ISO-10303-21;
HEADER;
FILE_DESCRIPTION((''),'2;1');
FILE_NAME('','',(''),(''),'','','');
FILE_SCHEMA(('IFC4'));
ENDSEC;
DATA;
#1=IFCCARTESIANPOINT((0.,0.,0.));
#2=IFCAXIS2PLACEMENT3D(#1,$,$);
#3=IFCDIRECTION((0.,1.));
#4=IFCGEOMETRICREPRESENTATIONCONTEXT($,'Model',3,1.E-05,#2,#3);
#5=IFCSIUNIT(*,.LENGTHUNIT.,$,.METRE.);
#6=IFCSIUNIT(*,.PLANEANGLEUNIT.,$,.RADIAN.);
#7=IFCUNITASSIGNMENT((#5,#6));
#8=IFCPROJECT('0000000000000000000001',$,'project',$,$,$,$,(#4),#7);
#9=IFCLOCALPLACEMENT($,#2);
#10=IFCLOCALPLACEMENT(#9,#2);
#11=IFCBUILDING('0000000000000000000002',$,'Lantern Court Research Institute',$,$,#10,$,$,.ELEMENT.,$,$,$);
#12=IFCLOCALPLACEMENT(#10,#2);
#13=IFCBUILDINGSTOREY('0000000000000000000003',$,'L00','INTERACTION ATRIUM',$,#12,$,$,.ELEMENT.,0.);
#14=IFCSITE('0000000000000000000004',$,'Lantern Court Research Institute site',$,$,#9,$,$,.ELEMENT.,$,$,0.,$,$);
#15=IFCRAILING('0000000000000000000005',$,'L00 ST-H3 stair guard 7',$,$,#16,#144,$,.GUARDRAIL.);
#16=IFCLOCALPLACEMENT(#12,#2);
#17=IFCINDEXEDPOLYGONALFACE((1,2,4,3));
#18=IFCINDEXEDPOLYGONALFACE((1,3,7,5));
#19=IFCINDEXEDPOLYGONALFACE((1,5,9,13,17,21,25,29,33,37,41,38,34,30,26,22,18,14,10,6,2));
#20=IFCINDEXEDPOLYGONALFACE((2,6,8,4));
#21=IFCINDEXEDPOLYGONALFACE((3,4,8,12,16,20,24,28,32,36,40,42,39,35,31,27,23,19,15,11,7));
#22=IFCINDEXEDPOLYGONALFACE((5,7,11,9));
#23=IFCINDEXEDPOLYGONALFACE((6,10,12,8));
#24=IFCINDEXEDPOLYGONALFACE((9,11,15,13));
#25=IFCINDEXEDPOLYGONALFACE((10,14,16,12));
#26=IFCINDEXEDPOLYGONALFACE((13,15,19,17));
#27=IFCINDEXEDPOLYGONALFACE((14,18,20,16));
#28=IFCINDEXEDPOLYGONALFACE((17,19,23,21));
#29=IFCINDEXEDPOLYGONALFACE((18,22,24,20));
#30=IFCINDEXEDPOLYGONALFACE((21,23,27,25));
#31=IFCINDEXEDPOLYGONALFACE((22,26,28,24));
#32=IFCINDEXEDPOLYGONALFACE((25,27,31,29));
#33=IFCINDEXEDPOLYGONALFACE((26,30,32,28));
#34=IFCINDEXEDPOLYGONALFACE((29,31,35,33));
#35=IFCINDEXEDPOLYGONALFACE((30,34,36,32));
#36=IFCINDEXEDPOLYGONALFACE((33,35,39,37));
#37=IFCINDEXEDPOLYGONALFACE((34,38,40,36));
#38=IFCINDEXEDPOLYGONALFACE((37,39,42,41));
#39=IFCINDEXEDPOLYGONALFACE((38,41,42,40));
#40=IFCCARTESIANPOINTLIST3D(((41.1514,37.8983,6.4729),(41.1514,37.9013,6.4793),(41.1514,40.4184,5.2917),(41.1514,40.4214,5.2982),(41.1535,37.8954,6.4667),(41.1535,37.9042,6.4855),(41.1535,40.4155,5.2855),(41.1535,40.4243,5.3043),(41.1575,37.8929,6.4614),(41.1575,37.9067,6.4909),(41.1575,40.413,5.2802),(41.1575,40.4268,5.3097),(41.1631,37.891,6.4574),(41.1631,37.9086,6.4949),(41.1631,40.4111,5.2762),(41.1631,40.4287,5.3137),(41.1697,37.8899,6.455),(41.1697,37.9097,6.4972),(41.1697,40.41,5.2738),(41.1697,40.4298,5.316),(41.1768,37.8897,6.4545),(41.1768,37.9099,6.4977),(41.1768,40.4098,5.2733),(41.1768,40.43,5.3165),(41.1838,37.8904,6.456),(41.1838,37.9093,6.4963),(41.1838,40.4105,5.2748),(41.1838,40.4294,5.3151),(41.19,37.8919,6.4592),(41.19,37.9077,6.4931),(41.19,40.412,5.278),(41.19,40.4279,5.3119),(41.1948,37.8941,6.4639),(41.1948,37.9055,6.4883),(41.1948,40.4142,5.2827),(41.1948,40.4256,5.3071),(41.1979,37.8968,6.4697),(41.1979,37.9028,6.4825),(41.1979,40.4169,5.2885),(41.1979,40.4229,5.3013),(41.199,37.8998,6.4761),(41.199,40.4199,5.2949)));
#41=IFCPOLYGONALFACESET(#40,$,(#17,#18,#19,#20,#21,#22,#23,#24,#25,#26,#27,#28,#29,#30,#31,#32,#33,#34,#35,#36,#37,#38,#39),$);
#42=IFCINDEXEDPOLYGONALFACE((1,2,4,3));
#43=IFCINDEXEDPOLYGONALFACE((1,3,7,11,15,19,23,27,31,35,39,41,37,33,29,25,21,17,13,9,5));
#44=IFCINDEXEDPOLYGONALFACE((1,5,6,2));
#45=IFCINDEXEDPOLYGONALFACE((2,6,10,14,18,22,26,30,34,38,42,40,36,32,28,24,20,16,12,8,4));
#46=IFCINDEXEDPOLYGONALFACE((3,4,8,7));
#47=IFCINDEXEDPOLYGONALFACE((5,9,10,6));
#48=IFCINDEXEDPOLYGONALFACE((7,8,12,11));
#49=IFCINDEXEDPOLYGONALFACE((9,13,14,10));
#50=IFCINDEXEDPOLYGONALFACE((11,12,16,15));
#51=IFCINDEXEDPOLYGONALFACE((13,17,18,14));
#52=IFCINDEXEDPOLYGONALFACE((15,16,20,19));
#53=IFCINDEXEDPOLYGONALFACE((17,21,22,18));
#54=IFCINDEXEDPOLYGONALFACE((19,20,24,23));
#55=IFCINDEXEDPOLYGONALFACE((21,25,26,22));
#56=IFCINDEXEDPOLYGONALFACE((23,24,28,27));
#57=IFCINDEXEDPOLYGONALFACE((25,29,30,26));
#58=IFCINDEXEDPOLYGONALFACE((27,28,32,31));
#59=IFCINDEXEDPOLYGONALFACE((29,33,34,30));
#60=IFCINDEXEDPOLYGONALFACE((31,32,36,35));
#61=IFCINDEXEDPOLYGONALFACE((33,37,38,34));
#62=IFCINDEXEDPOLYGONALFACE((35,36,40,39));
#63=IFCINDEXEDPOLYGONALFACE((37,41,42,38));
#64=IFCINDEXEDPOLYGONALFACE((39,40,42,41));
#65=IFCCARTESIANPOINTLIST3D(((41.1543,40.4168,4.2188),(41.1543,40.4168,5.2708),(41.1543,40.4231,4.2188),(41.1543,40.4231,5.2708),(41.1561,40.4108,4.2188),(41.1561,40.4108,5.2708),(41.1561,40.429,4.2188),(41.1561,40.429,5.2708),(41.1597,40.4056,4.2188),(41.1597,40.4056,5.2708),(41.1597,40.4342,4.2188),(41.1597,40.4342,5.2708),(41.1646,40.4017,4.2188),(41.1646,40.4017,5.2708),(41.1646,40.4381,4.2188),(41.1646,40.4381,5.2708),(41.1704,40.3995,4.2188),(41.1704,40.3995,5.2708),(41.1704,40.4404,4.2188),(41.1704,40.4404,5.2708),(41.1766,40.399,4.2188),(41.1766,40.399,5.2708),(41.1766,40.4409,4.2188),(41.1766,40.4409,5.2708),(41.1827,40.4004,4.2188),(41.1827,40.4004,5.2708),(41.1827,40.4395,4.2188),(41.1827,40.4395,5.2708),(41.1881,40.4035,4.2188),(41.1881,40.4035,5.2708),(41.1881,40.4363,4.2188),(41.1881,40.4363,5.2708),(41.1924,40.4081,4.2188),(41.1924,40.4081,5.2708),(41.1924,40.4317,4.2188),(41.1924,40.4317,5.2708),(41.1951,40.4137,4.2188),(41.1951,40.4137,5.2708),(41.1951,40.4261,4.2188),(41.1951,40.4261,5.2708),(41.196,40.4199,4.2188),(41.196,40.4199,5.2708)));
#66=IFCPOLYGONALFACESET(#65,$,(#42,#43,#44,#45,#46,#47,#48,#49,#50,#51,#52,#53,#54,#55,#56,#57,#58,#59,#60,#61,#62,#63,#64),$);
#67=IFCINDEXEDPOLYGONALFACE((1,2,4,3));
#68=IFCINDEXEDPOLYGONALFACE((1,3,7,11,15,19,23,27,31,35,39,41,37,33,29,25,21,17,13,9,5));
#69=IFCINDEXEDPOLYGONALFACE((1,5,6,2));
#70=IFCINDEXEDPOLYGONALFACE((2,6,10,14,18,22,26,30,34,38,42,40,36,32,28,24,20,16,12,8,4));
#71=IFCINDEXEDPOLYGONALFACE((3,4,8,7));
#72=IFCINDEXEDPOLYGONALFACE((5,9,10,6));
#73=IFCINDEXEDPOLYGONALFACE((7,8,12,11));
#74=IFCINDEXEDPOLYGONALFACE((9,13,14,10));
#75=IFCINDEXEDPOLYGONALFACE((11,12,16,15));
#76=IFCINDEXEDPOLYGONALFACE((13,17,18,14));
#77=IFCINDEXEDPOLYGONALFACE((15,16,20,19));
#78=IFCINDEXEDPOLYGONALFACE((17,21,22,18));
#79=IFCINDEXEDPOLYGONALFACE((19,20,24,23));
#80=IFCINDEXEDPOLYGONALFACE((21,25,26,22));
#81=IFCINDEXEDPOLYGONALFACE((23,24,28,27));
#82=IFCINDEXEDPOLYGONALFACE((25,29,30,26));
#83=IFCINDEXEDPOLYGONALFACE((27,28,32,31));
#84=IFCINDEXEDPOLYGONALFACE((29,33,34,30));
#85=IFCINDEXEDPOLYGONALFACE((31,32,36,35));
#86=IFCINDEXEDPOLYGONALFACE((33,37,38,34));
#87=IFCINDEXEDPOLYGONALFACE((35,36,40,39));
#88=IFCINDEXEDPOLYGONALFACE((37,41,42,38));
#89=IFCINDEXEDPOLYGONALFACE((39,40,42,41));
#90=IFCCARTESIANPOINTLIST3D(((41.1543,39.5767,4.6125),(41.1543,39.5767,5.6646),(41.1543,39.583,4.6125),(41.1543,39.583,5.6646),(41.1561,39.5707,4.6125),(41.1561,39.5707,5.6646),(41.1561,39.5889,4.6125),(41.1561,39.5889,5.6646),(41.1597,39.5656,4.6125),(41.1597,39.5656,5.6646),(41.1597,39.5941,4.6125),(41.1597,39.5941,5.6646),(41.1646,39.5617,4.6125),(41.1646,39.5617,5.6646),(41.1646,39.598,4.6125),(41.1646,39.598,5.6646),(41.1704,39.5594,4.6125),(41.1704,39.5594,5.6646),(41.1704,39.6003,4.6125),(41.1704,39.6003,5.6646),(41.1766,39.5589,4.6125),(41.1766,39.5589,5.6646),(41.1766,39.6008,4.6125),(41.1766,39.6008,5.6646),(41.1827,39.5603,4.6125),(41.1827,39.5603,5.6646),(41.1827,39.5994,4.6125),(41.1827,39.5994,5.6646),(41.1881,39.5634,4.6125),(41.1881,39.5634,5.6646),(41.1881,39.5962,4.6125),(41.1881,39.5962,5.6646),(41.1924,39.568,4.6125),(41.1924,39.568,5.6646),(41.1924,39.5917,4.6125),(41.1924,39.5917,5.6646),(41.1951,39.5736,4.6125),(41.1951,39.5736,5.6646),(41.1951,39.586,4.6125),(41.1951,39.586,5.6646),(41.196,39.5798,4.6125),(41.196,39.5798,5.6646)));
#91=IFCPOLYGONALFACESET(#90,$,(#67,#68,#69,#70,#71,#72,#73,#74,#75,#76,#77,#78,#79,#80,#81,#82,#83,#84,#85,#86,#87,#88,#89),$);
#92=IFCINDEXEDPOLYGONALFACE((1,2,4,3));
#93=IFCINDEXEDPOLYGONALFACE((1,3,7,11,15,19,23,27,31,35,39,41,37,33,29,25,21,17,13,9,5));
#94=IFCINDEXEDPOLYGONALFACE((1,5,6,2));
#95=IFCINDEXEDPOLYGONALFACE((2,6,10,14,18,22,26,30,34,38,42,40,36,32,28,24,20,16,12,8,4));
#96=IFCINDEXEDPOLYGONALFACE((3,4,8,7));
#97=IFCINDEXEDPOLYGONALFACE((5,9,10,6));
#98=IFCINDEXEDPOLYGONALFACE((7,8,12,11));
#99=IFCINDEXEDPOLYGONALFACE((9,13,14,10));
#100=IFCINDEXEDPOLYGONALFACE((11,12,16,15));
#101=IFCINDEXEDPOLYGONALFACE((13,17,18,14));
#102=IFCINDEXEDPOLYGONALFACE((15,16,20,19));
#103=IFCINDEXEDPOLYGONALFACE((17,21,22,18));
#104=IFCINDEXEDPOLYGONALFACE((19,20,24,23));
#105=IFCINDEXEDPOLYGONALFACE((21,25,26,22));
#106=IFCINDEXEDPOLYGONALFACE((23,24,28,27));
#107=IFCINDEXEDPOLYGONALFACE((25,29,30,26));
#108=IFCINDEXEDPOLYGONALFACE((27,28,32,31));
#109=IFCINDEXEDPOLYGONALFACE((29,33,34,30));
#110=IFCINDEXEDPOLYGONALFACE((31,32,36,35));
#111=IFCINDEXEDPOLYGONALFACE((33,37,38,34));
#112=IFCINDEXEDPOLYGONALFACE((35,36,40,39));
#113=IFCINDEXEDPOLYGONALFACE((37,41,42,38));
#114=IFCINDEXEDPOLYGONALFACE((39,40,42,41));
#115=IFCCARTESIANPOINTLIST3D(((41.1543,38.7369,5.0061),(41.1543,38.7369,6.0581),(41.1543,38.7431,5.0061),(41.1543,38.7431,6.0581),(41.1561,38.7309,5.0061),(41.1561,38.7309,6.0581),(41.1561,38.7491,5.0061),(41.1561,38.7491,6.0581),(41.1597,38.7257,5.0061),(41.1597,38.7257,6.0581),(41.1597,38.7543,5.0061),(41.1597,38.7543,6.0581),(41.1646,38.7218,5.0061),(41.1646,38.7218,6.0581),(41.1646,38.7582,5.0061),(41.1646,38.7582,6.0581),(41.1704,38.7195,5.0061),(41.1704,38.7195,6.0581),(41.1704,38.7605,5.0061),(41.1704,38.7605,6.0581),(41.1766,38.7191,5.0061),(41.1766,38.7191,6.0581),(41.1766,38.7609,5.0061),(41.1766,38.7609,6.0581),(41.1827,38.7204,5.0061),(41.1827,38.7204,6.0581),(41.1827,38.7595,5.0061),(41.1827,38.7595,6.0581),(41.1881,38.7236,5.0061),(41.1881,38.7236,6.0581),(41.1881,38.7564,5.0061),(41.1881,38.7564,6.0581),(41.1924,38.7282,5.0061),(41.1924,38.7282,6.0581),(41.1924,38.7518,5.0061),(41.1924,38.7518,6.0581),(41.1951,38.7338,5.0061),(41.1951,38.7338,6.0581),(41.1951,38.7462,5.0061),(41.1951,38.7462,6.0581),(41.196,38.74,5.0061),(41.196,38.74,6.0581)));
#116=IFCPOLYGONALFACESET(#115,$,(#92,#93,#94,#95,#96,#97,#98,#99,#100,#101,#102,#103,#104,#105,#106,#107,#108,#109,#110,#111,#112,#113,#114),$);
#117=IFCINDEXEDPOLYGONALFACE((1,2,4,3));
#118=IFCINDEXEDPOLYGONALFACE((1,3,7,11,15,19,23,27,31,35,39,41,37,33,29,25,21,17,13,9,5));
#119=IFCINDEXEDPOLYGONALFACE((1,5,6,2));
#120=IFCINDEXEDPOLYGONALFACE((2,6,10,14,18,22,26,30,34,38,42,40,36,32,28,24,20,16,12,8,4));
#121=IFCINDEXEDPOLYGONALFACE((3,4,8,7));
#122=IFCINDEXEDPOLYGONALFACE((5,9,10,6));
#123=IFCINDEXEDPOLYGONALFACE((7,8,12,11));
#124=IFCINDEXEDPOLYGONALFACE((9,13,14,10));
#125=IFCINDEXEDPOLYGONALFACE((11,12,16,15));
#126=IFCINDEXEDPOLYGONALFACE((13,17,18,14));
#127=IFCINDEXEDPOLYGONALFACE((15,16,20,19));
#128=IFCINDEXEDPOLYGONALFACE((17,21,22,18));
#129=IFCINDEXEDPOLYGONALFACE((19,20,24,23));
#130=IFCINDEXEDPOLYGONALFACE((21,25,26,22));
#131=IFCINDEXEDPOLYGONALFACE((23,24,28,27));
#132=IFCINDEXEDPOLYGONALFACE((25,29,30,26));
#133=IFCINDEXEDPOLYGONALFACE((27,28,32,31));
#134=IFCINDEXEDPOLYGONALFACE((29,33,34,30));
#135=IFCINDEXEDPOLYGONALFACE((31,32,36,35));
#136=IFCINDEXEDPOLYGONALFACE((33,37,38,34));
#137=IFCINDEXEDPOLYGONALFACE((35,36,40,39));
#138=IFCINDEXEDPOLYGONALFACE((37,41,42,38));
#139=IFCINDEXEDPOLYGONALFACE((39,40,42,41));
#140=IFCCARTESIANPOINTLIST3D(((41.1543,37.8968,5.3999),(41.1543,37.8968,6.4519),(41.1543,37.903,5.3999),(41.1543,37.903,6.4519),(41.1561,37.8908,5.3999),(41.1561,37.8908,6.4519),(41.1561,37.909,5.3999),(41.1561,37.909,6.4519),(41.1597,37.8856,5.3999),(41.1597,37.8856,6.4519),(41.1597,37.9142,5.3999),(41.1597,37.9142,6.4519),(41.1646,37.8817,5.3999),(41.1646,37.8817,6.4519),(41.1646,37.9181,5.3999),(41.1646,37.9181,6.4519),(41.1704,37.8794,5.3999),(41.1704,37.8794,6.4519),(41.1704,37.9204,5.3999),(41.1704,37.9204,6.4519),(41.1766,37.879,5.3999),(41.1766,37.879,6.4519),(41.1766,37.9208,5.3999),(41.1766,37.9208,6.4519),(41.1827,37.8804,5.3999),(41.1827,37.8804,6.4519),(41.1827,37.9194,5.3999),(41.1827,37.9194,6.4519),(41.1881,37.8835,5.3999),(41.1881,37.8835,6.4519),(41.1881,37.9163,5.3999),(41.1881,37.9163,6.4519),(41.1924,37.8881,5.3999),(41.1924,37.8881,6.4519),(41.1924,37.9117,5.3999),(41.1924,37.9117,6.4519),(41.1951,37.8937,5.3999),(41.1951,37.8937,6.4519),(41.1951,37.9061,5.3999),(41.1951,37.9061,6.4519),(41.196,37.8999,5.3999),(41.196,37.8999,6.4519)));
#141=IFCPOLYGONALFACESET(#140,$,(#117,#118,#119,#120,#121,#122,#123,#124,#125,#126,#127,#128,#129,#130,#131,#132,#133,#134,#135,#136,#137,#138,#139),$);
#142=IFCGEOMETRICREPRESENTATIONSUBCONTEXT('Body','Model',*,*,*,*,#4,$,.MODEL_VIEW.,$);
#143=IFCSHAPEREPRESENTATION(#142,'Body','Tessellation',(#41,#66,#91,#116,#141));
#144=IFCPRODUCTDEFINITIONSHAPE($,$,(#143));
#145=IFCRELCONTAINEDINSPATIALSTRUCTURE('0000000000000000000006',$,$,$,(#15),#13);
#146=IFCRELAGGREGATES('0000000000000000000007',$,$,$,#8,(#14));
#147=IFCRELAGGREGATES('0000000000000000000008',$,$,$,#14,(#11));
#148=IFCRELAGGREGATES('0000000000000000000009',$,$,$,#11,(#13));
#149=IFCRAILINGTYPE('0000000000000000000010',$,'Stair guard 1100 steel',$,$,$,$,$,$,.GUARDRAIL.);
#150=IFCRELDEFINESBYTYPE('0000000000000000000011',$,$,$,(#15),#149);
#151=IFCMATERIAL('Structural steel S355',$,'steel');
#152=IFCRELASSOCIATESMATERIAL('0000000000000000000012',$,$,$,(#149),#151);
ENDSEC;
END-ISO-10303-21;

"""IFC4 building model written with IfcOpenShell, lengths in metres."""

from ifc_helpers import new_model, si_unit, direction, frame, origin, origin_2d, place, context, subcontext, project, spatial, circle, extrude, material, type_object, element, save


model = new_model("IFC4")

# Units and contexts
model_context = context("Model", 3, precision=1e-05, world=origin(), true_north=direction((0.0, 1.0)))
body_context = subcontext(model_context, "Body", "Model", "MODEL_VIEW")
ifc_project = project(units=[si_unit("LENGTHUNIT", "METRE"), si_unit("PLANEANGLEUNIT", "RADIAN")], contexts=[model_context])

# Site, building, storey
site_placement = place(None, origin())
site = spatial("IfcSite", under=ifc_project, at=site_placement, Name="Lantern Court Research Institute site", CompositionType="ELEMENT", RefElevation=0.0)
building_placement = place(site_placement, origin())
building = spatial("IfcBuilding", under=site, at=building_placement, Name="Lantern Court Research Institute", CompositionType="ELEMENT")
storey_placement = place(building_placement, origin())
storey = spatial("IfcBuildingStorey", under=building, at=storey_placement, Name="L00", Description="INTERACTION ATRIUM", CompositionType="ELEMENT", Elevation=0.0)

# Railing
ifc_material_1 = material(Name="Structural steel S355", Category="steel")
railing_type_1 = type_object("IfcRailingType", Name="Stair guard 1100 steel", PredefinedType="GUARDRAIL", material=ifc_material_1)
railing_1_placement = place(storey_placement, frame((41.175, 40.4199, 4.2188)))
element("IfcRailing", 1, at=railing_1_placement, inside=storey, type_object=railing_type_1, Name="L00 ST-H3 stair guard 7", PredefinedType="GUARDRAIL", context=body_context, shape_type="SweptSolid", body=[
    extrude(circle(Radius=0.0239, at=origin_2d()), frame((0.0, 0.0, 1.0762), z_axis=(0.0, -0.905474, 0.424402), x_axis=(1.0, 0.0, 0.0)), (0.0, 0.0, 1.0), 2.7832),
    extrude(circle(Radius=0.021, at=origin_2d()), origin(), (0.0, 0.0, 1.0), 1.052),
    extrude(circle(Radius=0.021, at=origin_2d()), frame((0.0, -0.8401, 0.3938)), (0.0, 0.0, 1.0), 1.052),
    extrude(circle(Radius=0.021, at=origin_2d()), frame((0.0, -1.6799, 0.7874)), (0.0, 0.0, 1.0), 1.052),
    extrude(circle(Radius=0.021, at=origin_2d()), frame((0.0, -2.52, 1.1812)), (0.0, 0.0, 1.0), 1.052),
])

save(model, "model.ifc")
